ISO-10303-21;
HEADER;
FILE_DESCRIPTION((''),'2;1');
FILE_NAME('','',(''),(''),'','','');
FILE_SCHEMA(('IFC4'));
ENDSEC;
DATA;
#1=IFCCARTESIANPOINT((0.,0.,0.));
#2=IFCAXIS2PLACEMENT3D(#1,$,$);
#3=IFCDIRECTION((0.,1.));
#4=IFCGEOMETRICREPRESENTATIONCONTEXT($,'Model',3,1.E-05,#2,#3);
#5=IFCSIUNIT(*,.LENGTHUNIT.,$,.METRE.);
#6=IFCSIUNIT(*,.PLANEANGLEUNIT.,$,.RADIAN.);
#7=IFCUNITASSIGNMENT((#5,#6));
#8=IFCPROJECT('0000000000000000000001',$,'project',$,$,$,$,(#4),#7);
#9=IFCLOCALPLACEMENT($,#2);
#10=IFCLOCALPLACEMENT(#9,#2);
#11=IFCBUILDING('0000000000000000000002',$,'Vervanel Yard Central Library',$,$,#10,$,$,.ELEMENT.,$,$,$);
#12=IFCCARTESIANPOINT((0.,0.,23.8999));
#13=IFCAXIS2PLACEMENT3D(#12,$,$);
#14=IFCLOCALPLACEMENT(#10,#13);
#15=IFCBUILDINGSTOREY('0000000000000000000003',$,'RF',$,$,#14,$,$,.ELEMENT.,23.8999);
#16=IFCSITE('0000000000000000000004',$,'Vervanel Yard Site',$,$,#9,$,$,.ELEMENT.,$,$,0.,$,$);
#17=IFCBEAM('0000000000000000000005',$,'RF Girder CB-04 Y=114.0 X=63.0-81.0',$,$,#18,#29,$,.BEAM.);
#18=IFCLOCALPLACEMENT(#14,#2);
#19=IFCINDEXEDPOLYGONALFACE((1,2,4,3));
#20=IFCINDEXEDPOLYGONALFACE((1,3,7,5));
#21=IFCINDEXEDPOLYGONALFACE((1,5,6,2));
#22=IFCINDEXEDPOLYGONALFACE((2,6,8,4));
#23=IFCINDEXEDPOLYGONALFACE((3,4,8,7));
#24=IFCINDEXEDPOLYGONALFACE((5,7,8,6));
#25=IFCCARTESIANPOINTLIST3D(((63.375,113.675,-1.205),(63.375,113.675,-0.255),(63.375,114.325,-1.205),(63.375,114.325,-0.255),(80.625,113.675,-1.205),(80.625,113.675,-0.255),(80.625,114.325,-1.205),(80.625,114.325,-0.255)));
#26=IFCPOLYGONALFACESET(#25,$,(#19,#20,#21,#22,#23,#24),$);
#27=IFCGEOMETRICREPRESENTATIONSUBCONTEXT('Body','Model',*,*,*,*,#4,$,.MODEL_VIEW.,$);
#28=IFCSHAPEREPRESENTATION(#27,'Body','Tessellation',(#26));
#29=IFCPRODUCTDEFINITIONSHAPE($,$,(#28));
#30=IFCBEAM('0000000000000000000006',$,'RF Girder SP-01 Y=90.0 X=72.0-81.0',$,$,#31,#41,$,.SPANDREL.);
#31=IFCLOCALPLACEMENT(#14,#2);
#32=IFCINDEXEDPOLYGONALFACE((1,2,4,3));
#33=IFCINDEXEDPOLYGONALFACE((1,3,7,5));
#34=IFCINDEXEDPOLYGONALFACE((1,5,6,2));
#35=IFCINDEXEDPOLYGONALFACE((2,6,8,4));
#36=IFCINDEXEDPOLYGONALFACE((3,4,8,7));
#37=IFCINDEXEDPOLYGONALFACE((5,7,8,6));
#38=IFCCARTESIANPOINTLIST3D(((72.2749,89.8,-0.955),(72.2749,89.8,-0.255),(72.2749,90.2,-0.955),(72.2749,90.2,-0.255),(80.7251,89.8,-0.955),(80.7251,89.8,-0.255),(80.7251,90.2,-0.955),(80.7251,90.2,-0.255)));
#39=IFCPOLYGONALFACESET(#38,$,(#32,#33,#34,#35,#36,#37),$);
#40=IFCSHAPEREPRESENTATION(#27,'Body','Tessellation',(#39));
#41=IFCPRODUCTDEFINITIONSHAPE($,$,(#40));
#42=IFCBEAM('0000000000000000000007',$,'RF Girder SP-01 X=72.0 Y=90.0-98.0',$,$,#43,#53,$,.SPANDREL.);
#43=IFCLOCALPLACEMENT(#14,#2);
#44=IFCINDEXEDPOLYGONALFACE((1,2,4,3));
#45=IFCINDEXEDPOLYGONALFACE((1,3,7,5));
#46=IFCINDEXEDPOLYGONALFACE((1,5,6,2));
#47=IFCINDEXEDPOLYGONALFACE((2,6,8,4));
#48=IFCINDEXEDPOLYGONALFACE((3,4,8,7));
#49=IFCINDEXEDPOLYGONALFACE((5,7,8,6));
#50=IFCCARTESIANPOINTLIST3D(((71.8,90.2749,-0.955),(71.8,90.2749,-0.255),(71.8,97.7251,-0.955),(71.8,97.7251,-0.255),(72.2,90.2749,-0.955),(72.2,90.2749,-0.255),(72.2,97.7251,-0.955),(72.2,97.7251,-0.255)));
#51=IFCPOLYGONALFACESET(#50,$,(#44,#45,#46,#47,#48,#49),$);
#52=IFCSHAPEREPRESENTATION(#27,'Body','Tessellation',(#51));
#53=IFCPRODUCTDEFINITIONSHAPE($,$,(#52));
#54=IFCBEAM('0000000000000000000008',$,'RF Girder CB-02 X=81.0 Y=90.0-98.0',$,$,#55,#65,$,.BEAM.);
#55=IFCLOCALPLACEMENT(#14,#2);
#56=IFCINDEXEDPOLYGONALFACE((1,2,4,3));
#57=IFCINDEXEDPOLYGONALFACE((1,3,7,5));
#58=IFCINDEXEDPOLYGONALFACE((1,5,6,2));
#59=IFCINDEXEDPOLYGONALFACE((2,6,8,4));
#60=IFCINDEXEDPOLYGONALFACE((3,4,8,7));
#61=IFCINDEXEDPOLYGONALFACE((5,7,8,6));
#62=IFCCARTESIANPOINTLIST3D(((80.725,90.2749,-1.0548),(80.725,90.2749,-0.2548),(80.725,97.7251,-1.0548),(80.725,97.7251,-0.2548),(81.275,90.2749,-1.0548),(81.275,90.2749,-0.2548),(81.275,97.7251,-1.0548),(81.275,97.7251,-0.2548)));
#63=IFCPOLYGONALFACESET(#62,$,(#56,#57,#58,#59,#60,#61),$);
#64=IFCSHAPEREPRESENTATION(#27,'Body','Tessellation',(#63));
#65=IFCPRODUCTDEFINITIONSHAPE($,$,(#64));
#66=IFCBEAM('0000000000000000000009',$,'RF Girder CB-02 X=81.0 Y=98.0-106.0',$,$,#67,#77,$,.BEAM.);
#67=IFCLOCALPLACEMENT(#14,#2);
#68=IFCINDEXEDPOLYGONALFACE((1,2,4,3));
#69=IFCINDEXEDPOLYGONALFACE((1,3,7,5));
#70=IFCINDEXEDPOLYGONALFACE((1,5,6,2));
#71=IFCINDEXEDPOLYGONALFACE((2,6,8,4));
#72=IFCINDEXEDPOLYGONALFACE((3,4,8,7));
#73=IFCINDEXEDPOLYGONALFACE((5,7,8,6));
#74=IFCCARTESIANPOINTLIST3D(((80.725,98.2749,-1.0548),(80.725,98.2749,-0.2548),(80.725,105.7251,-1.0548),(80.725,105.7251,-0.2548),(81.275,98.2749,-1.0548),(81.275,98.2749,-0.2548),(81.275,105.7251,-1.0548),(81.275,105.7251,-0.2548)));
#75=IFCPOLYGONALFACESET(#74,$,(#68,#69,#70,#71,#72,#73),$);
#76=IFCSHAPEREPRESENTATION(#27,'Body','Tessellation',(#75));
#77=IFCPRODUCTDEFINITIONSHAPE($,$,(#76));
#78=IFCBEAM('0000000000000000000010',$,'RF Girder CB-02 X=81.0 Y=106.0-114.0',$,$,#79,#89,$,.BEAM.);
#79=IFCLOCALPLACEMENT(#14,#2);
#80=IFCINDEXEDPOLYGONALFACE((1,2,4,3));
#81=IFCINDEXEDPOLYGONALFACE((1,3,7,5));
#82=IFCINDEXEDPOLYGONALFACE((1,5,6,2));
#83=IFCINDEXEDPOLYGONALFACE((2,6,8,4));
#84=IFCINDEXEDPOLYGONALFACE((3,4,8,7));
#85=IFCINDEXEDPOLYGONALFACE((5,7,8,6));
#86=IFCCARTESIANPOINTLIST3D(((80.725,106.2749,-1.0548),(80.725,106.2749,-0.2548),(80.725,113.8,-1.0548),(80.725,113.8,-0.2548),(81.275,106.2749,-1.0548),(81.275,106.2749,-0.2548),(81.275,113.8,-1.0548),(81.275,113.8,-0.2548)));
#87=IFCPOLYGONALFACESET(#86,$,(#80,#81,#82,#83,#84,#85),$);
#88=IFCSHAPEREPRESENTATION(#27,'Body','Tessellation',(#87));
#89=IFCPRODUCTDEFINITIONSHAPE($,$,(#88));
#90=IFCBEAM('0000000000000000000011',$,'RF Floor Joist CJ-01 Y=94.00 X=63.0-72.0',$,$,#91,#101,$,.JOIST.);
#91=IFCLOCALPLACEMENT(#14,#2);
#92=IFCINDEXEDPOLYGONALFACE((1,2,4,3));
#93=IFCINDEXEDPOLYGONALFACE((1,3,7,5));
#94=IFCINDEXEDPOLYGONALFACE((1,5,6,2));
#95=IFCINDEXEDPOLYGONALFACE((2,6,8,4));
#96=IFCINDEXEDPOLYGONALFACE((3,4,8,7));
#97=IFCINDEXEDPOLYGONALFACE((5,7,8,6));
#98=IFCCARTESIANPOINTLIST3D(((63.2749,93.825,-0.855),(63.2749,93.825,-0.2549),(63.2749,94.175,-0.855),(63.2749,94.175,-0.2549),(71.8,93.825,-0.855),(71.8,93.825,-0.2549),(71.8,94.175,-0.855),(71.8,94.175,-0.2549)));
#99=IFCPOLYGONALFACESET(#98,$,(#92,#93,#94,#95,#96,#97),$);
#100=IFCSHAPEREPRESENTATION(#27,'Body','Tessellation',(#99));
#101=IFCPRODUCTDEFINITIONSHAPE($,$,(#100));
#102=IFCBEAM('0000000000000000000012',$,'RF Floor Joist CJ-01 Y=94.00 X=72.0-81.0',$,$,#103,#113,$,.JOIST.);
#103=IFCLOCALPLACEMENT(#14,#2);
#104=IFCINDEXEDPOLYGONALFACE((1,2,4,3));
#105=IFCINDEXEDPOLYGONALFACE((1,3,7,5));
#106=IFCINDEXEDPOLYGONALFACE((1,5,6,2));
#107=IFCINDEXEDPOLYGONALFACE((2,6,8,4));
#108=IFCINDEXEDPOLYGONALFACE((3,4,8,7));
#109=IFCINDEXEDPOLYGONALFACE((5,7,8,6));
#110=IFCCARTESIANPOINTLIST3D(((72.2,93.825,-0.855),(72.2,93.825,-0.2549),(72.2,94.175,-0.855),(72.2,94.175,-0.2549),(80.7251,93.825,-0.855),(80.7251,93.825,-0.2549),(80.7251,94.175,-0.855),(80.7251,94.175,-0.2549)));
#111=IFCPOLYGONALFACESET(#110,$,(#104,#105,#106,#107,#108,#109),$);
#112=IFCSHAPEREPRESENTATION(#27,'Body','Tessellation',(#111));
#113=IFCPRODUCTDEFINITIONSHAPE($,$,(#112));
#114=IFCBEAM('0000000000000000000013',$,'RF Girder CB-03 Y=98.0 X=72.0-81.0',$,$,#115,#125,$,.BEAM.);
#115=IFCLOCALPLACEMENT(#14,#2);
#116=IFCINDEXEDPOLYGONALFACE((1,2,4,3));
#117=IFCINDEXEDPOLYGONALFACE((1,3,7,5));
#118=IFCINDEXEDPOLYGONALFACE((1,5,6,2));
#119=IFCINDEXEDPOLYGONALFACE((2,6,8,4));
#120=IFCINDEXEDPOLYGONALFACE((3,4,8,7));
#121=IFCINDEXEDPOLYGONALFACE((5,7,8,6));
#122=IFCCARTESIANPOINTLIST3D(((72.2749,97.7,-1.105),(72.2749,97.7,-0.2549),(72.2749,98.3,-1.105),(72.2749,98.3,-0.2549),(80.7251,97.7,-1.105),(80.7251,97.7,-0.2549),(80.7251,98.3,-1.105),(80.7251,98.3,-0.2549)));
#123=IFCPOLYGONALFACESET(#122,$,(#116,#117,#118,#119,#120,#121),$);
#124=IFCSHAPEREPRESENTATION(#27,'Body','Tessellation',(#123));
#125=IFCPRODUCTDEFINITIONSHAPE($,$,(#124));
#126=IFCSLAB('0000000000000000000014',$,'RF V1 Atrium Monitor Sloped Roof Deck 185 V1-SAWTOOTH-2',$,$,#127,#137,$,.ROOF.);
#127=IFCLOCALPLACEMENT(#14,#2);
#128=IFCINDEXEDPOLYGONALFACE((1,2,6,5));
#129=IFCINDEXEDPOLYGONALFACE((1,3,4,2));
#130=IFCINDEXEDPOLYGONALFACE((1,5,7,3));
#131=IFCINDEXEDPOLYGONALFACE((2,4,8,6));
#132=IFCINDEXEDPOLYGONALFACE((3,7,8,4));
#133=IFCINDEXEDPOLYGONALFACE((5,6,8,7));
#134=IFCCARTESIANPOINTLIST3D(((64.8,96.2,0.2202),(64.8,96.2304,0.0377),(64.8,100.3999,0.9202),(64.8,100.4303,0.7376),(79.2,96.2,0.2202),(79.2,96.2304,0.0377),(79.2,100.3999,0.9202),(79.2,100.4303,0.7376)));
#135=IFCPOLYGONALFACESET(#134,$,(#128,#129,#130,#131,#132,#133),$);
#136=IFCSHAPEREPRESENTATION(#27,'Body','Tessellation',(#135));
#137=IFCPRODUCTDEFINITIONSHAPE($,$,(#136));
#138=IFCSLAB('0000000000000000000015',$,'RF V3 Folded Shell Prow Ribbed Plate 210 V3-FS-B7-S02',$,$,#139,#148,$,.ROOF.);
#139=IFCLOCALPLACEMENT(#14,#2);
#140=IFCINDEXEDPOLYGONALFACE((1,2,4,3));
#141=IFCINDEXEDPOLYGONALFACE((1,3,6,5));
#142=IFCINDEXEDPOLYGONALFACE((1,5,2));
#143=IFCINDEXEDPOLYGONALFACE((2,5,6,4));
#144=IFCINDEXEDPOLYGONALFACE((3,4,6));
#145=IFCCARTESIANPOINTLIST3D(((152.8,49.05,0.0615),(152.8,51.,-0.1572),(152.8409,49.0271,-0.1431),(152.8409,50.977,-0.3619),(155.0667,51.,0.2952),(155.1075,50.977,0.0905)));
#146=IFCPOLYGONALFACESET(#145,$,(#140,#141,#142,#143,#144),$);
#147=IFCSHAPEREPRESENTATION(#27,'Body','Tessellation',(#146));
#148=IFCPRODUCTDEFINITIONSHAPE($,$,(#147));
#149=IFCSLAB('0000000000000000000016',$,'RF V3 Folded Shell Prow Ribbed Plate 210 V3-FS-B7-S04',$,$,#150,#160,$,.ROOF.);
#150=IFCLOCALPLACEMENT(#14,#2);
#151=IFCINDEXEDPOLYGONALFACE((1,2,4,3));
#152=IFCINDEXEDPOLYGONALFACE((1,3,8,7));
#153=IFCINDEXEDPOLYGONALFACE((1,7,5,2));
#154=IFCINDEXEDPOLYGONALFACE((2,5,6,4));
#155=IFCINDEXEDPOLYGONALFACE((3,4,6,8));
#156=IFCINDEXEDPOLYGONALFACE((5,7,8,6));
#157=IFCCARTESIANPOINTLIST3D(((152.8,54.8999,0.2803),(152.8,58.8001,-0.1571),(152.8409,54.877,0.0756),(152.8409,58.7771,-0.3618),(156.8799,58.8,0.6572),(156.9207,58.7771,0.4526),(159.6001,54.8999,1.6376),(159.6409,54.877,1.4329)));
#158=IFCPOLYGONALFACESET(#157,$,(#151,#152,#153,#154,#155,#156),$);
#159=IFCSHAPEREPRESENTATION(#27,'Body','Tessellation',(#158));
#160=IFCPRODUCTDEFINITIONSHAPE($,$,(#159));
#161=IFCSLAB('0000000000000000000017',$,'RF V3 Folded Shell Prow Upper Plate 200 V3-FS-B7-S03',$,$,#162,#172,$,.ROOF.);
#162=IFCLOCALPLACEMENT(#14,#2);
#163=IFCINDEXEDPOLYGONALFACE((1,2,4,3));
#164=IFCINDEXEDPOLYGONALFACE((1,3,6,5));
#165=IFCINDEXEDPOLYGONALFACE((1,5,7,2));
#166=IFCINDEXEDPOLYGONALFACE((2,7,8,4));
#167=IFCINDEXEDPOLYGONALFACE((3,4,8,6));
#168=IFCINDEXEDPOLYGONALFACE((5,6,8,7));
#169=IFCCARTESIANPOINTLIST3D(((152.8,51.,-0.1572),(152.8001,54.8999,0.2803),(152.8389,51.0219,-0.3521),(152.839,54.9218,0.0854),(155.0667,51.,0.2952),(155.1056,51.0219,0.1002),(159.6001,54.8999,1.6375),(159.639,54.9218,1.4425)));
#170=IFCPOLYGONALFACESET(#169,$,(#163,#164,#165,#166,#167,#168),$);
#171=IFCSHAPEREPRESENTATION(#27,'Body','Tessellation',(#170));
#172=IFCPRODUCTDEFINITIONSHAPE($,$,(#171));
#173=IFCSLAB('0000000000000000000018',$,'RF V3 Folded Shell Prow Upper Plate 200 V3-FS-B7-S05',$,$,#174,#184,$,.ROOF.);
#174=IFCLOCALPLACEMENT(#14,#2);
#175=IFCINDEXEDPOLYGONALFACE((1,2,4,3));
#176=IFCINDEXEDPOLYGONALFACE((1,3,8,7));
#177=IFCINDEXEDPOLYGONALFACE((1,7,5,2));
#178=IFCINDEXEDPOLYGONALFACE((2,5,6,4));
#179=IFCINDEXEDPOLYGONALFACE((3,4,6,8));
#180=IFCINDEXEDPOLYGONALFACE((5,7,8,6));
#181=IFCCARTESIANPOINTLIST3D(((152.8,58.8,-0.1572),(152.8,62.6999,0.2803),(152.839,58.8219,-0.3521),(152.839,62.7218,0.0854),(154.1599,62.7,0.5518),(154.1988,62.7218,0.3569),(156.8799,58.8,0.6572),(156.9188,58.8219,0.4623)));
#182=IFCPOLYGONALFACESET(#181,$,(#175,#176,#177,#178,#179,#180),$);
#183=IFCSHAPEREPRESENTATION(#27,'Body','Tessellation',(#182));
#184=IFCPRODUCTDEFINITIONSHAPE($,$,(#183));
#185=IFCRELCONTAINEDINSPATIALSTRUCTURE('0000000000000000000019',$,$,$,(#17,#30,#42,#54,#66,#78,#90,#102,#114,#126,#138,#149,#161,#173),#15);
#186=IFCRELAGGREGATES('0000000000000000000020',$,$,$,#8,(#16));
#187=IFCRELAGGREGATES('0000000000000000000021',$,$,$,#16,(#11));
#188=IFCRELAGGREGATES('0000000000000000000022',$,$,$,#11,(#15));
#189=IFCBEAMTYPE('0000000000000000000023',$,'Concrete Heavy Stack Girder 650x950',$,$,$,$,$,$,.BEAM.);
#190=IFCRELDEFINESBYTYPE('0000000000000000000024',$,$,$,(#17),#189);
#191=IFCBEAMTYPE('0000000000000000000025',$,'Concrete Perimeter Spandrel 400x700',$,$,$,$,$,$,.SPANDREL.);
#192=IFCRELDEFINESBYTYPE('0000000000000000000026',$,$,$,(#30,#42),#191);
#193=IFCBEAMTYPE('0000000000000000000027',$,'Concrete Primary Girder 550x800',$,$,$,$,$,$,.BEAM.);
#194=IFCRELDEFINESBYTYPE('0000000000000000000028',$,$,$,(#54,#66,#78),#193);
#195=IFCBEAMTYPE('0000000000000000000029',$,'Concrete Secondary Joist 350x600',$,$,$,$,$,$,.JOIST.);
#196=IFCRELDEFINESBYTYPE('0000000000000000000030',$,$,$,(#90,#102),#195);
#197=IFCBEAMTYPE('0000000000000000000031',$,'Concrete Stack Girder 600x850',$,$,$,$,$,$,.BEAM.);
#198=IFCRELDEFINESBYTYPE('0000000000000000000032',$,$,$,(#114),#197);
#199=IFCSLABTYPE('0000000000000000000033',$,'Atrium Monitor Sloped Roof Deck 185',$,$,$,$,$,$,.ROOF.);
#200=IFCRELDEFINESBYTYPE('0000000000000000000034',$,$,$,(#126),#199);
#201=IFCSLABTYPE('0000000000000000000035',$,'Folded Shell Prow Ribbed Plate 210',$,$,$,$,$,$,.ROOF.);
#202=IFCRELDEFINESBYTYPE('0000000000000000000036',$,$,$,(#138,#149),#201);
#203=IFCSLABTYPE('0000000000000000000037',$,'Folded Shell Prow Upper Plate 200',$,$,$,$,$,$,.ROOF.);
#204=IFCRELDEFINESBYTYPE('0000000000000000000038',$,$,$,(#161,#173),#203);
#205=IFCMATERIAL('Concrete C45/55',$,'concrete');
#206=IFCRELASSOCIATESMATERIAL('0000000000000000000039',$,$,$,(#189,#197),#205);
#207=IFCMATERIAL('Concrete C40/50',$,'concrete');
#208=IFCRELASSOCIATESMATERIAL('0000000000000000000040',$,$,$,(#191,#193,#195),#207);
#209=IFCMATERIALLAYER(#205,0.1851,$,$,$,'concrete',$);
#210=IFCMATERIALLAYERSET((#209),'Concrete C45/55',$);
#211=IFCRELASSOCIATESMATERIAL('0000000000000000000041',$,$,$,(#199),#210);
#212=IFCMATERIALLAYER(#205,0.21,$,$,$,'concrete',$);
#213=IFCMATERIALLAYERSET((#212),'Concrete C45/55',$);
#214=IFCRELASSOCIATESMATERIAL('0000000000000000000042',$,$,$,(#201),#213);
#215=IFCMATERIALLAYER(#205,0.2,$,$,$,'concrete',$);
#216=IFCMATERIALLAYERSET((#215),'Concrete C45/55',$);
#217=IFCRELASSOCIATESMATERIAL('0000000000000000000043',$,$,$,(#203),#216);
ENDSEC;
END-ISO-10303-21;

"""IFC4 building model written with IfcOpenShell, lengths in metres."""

from ifc_helpers import new_model, si_unit, direction, frame, origin, origin_2d, place, context, subcontext, project, spatial, polyline, rectangle, outline, extrude, material, layer, layer_set, material_profile, profile_set, type_object, element, save


model = new_model("IFC4")

# Units and contexts
model_context = context("Model", 3, precision=1e-05, world=origin(), true_north=direction((0.0, 1.0)))
body_context = subcontext(model_context, "Body", "Model", "MODEL_VIEW")
ifc_project = project(units=[si_unit("LENGTHUNIT", "METRE"), si_unit("PLANEANGLEUNIT", "RADIAN")], contexts=[model_context])

# Site, building, storey
site_placement = place(None, origin())
site = spatial("IfcSite", under=ifc_project, at=site_placement, Name="Vervanel Yard Site", CompositionType="ELEMENT", RefElevation=0.0)
building_placement = place(site_placement, origin())
building = spatial("IfcBuilding", under=site, at=building_placement, Name="Vervanel Yard Central Library", CompositionType="ELEMENT")
storey_placement = place(building_placement, frame((0.0, 0.0, 23.8999)))
storey = spatial("IfcBuildingStorey", under=building, at=storey_placement, Name="RF", CompositionType="ELEMENT", Elevation=23.8999)

# Beams
ifc_material_1 = material(Name="Concrete C45/55", Category="concrete")
ifc_material_profile_1 = material_profile(ifc_material_1, rectangle(XDim=0.6499, YDim=0.95, at=origin_2d()), Name="RC 650x950", Category="concrete")
ifc_profile_set_1 = profile_set([ifc_material_profile_1], Name="Concrete C45/55")
beam_type_1 = type_object("IfcBeamType", Name="Concrete Heavy Stack Girder 650x950", PredefinedType="BEAM", material=ifc_profile_set_1)
beam_1_placement = place(storey_placement, frame((63.375, 114.0, -0.73), z_axis=(1.0, 0.0, 0.0), x_axis=(0.0, 1.0, 0.0)))
element("IfcBeam", 1, at=beam_1_placement, inside=storey, type_object=beam_type_1, Name="RF Girder CB-04 Y=114.0 X=63.0-81.0", PredefinedType="BEAM", context=body_context, shape_type="SweptSolid", body=[
    extrude(rectangle(XDim=0.6499, YDim=0.95, at=origin_2d()), origin(), (0.0, 0.0, 1.0), 17.25),
])
ifc_material_2 = material(Name="Concrete C40/50", Category="concrete")
ifc_material_profile_2 = material_profile(ifc_material_2, rectangle(XDim=0.3999, YDim=0.7, at=origin_2d()), Name="RC 400x700", Category="concrete")
ifc_profile_set_2 = profile_set([ifc_material_profile_2], Name="Concrete C40/50")
beam_type_2 = type_object("IfcBeamType", Name="Concrete Perimeter Spandrel 400x700", PredefinedType="SPANDREL", material=ifc_profile_set_2)
beam_2_placement = place(storey_placement, frame((72.2749, 90.0, -0.605), z_axis=(1.0, 0.0, 0.0), x_axis=(0.0, 1.0, 0.0)))
element("IfcBeam", 2, at=beam_2_placement, inside=storey, type_object=beam_type_2, Name="RF Girder SP-01 Y=90.0 X=72.0-81.0", PredefinedType="SPANDREL", context=body_context, shape_type="SweptSolid", body=[
    extrude(rectangle(XDim=0.3999, YDim=0.7, at=origin_2d()), origin(), (0.0, 0.0, 1.0), 8.4502),
])
beam_3_placement = place(storey_placement, frame((72.0, 90.2749, -0.605), z_axis=(0.0, 1.0, 0.0), x_axis=(-1.0, 0.0, 0.0)))
element("IfcBeam", 3, at=beam_3_placement, inside=storey, type_object=beam_type_2, Name="RF Girder SP-01 X=72.0 Y=90.0-98.0", PredefinedType="SPANDREL", context=body_context, shape_type="SweptSolid", body=[
    extrude(rectangle(XDim=0.3999, YDim=0.7, at=origin_2d()), origin(), (0.0, 0.0, 1.0), 7.4502),
])
ifc_material_profile_3 = material_profile(ifc_material_2, rectangle(XDim=0.55, YDim=0.8, at=origin_2d()), Name="RC 550x800", Category="concrete")
ifc_profile_set_3 = profile_set([ifc_material_profile_3], Name="Concrete C40/50")
beam_type_3 = type_object("IfcBeamType", Name="Concrete Primary Girder 550x800", PredefinedType="BEAM", material=ifc_profile_set_3)
for number, where, z_axis, x_axis, name in (
    (4, (81.0, 90.2749, -0.6548), (0.0, 1.0, 0.0), (-1.0, 0.0, 0.0), "RF Girder CB-02 X=81.0 Y=90.0-98.0"),
    (5, (81.0, 98.2749, -0.6548), (0.0, 1.0, 0.0), (-1.0, 0.0, 0.0), "RF Girder CB-02 X=81.0 Y=98.0-106.0"),
):
    element("IfcBeam", number, at=place(storey_placement, frame(where, z_axis=z_axis, x_axis=x_axis)), inside=storey, type_object=beam_type_3, Name=name, PredefinedType="BEAM", context=body_context, shape_type="SweptSolid", body=[
        extrude(rectangle(XDim=0.55, YDim=0.8, at=origin_2d()), origin(), (0.0, 0.0, 1.0), 7.4502),
    ])
beam_4_placement = place(storey_placement, frame((81.0, 106.2749, -0.6548), z_axis=(0.0, 1.0, 0.0), x_axis=(-1.0, 0.0, 0.0)))
element("IfcBeam", 6, at=beam_4_placement, inside=storey, type_object=beam_type_3, Name="RF Girder CB-02 X=81.0 Y=106.0-114.0", PredefinedType="BEAM", context=body_context, shape_type="SweptSolid", body=[
    extrude(rectangle(XDim=0.55, YDim=0.8, at=origin_2d()), origin(), (0.0, 0.0, 1.0), 7.5251),
])
ifc_material_profile_4 = material_profile(ifc_material_2, rectangle(XDim=0.3501, YDim=0.6001, at=origin_2d()), Name="RC 350x600", Category="concrete")
ifc_profile_set_4 = profile_set([ifc_material_profile_4], Name="Concrete C40/50")
beam_type_4 = type_object("IfcBeamType", Name="Concrete Secondary Joist 350x600", PredefinedType="JOIST", material=ifc_profile_set_4)
for number, where, z_axis, x_axis, name in (
    (7, (63.2749, 94.0, -0.5549), (1.0, 0.0, 0.0), (0.0, 1.0, 0.0), "RF Floor Joist CJ-01 Y=94.00 X=63.0-72.0"),
    (8, (72.2, 94.0, -0.5549), (1.0, 0.0, 0.0), (0.0, 1.0, 0.0), "RF Floor Joist CJ-01 Y=94.00 X=72.0-81.0"),
):
    element("IfcBeam", number, at=place(storey_placement, frame(where, z_axis=z_axis, x_axis=x_axis)), inside=storey, type_object=beam_type_4, Name=name, PredefinedType="JOIST", context=body_context, shape_type="SweptSolid", body=[
        extrude(rectangle(XDim=0.3501, YDim=0.6001, at=origin_2d()), origin(), (0.0, 0.0, 1.0), 8.5251),
    ])
ifc_material_profile_5 = material_profile(ifc_material_1, rectangle(XDim=0.6001, YDim=0.8501, at=origin_2d()), Name="RC 600x850", Category="concrete")
ifc_profile_set_5 = profile_set([ifc_material_profile_5], Name="Concrete C45/55")
beam_type_5 = type_object("IfcBeamType", Name="Concrete Stack Girder 600x850", PredefinedType="BEAM", material=ifc_profile_set_5)
beam_5_placement = place(storey_placement, frame((72.2749, 98.0, -0.6799), z_axis=(1.0, 0.0, 0.0), x_axis=(0.0, 1.0, 0.0)))
element("IfcBeam", 9, at=beam_5_placement, inside=storey, type_object=beam_type_5, Name="RF Girder CB-03 Y=98.0 X=72.0-81.0", PredefinedType="BEAM", context=body_context, shape_type="SweptSolid", body=[
    extrude(rectangle(XDim=0.6001, YDim=0.8501, at=origin_2d()), origin(), (0.0, 0.0, 1.0), 8.4502),
])

# Slabs
ifc_layer_1 = layer(ifc_material_1, 0.1851, Category="concrete")
ifc_layer_set_1 = layer_set([ifc_layer_1], Name="Concrete C45/55")
slab_type_1 = type_object("IfcSlabType", Name="Atrium Monitor Sloped Roof Deck 185", PredefinedType="ROOF", material=ifc_layer_set_1)
slab_1_placement = place(storey_placement, frame((64.8, 96.2, 0.2202), z_axis=(0.0, -0.16439, 0.986395), x_axis=(1.0, 0.0, 0.0)))
element("IfcSlab", 10, at=slab_1_placement, inside=storey, type_object=slab_type_1, Name="RF V1 Atrium Monitor Sloped Roof Deck 185 V1-SAWTOOTH-2", PredefinedType="ROOF", context=body_context, shape_type="SweptSolid", body=[
    extrude(outline(polyline([(0.0, 0.0), (14.3999, 0.0), (14.3999, 4.2579), (0.0, 4.2579), (0.0, 0.0)])), origin(), (0.0, 0.0, -1.0), 0.1851),
])
ifc_layer_2 = layer(ifc_material_1, 0.21, Category="concrete")
ifc_layer_set_2 = layer_set([ifc_layer_2], Name="Concrete C45/55")
slab_type_2 = type_object("IfcSlabType", Name="Folded Shell Prow Ribbed Plate 210", PredefinedType="ROOF", material=ifc_layer_set_2)
slab_2_placement = place(storey_placement, frame((152.8, 51.0, -0.1572), z_axis=(-0.194556, 0.109353, 0.974777), x_axis=(0.980658, 0.0, 0.19573)))
element("IfcSlab", 11, at=slab_2_placement, inside=storey, type_object=slab_type_2, Name="RF V3 Folded Shell Prow Ribbed Plate 210 V3-FS-B7-S02", PredefinedType="ROOF", context=body_context, shape_type="SweptSolid", body=[
    extrude(outline(polyline([(0.0428, -1.9617), (2.3113, 0.0), (0.0, 0.0), (0.0428, -1.9617)])), origin(), (0.0, 0.0, -1.0), 0.21),
])
slab_3_placement = place(storey_placement, frame((152.8, 54.8999, 0.2803), z_axis=(-0.194566, 0.109317, 0.974779), x_axis=(-0.000006, 0.99377, -0.111448)))
element("IfcSlab", 12, at=slab_3_placement, inside=storey, type_object=slab_type_2, Name="RF V3 Folded Shell Prow Ribbed Plate 210 V3-FS-B7-S04", PredefinedType="ROOF", context=body_context, shape_type="SweptSolid", body=[
    extrude(outline(polyline([(-0.1513, -6.9325), (3.8338, -4.1593), (3.9246, 0.0), (0.0, 0.0), (-0.1513, -6.9325)])), origin(), (0.0, 0.0, -1.0), 0.21),
])
ifc_layer_3 = layer(ifc_material_1, 0.2, Category="concrete")
ifc_layer_set_3 = layer_set([ifc_layer_3], Name="Concrete C45/55")
slab_type_3 = type_object("IfcSlabType", Name="Folded Shell Prow Upper Plate 200", PredefinedType="ROOF", material=ifc_layer_set_3)
slab_4_placement = place(storey_placement, frame((152.8, 51.0, -0.1572), z_axis=(-0.194551, -0.10935, 0.974778), x_axis=(0.000001, 0.993767, 0.11148)))
element("IfcSlab", 13, at=slab_4_placement, inside=storey, type_object=slab_type_3, Name="RF V3 Folded Shell Prow Upper Plate 200 V3-FS-B7-S03", PredefinedType="ROOF", context=body_context, shape_type="SweptSolid", body=[
    extrude(outline(polyline([(0.0504, -2.3108), (4.0757, -6.9325), (3.9244, 0.0), (0.0, 0.0), (0.0504, -2.3108)])), origin(), (0.0, 0.0, -1.0), 0.2),
])
slab_5_placement = place(storey_placement, frame((152.8, 58.8, -0.1572), z_axis=(-0.194595, -0.109355, 0.974769), x_axis=(-0.000001, 0.993766, 0.111486)))
element("IfcSlab", 14, at=slab_5_placement, inside=storey, type_object=slab_type_3, Name="RF V3 Folded Shell Prow Upper Plate 200 V3-FS-B7-S05", PredefinedType="ROOF", context=body_context, shape_type="SweptSolid", body=[
    extrude(outline(polyline([(0.0908, -4.1593), (3.9546, -1.3864), (3.9244, 0.0), (0.0, 0.0), (0.0908, -4.1593)])), origin(), (0.0, 0.0, -1.0), 0.2),
])

save(model, "model.ifc")
